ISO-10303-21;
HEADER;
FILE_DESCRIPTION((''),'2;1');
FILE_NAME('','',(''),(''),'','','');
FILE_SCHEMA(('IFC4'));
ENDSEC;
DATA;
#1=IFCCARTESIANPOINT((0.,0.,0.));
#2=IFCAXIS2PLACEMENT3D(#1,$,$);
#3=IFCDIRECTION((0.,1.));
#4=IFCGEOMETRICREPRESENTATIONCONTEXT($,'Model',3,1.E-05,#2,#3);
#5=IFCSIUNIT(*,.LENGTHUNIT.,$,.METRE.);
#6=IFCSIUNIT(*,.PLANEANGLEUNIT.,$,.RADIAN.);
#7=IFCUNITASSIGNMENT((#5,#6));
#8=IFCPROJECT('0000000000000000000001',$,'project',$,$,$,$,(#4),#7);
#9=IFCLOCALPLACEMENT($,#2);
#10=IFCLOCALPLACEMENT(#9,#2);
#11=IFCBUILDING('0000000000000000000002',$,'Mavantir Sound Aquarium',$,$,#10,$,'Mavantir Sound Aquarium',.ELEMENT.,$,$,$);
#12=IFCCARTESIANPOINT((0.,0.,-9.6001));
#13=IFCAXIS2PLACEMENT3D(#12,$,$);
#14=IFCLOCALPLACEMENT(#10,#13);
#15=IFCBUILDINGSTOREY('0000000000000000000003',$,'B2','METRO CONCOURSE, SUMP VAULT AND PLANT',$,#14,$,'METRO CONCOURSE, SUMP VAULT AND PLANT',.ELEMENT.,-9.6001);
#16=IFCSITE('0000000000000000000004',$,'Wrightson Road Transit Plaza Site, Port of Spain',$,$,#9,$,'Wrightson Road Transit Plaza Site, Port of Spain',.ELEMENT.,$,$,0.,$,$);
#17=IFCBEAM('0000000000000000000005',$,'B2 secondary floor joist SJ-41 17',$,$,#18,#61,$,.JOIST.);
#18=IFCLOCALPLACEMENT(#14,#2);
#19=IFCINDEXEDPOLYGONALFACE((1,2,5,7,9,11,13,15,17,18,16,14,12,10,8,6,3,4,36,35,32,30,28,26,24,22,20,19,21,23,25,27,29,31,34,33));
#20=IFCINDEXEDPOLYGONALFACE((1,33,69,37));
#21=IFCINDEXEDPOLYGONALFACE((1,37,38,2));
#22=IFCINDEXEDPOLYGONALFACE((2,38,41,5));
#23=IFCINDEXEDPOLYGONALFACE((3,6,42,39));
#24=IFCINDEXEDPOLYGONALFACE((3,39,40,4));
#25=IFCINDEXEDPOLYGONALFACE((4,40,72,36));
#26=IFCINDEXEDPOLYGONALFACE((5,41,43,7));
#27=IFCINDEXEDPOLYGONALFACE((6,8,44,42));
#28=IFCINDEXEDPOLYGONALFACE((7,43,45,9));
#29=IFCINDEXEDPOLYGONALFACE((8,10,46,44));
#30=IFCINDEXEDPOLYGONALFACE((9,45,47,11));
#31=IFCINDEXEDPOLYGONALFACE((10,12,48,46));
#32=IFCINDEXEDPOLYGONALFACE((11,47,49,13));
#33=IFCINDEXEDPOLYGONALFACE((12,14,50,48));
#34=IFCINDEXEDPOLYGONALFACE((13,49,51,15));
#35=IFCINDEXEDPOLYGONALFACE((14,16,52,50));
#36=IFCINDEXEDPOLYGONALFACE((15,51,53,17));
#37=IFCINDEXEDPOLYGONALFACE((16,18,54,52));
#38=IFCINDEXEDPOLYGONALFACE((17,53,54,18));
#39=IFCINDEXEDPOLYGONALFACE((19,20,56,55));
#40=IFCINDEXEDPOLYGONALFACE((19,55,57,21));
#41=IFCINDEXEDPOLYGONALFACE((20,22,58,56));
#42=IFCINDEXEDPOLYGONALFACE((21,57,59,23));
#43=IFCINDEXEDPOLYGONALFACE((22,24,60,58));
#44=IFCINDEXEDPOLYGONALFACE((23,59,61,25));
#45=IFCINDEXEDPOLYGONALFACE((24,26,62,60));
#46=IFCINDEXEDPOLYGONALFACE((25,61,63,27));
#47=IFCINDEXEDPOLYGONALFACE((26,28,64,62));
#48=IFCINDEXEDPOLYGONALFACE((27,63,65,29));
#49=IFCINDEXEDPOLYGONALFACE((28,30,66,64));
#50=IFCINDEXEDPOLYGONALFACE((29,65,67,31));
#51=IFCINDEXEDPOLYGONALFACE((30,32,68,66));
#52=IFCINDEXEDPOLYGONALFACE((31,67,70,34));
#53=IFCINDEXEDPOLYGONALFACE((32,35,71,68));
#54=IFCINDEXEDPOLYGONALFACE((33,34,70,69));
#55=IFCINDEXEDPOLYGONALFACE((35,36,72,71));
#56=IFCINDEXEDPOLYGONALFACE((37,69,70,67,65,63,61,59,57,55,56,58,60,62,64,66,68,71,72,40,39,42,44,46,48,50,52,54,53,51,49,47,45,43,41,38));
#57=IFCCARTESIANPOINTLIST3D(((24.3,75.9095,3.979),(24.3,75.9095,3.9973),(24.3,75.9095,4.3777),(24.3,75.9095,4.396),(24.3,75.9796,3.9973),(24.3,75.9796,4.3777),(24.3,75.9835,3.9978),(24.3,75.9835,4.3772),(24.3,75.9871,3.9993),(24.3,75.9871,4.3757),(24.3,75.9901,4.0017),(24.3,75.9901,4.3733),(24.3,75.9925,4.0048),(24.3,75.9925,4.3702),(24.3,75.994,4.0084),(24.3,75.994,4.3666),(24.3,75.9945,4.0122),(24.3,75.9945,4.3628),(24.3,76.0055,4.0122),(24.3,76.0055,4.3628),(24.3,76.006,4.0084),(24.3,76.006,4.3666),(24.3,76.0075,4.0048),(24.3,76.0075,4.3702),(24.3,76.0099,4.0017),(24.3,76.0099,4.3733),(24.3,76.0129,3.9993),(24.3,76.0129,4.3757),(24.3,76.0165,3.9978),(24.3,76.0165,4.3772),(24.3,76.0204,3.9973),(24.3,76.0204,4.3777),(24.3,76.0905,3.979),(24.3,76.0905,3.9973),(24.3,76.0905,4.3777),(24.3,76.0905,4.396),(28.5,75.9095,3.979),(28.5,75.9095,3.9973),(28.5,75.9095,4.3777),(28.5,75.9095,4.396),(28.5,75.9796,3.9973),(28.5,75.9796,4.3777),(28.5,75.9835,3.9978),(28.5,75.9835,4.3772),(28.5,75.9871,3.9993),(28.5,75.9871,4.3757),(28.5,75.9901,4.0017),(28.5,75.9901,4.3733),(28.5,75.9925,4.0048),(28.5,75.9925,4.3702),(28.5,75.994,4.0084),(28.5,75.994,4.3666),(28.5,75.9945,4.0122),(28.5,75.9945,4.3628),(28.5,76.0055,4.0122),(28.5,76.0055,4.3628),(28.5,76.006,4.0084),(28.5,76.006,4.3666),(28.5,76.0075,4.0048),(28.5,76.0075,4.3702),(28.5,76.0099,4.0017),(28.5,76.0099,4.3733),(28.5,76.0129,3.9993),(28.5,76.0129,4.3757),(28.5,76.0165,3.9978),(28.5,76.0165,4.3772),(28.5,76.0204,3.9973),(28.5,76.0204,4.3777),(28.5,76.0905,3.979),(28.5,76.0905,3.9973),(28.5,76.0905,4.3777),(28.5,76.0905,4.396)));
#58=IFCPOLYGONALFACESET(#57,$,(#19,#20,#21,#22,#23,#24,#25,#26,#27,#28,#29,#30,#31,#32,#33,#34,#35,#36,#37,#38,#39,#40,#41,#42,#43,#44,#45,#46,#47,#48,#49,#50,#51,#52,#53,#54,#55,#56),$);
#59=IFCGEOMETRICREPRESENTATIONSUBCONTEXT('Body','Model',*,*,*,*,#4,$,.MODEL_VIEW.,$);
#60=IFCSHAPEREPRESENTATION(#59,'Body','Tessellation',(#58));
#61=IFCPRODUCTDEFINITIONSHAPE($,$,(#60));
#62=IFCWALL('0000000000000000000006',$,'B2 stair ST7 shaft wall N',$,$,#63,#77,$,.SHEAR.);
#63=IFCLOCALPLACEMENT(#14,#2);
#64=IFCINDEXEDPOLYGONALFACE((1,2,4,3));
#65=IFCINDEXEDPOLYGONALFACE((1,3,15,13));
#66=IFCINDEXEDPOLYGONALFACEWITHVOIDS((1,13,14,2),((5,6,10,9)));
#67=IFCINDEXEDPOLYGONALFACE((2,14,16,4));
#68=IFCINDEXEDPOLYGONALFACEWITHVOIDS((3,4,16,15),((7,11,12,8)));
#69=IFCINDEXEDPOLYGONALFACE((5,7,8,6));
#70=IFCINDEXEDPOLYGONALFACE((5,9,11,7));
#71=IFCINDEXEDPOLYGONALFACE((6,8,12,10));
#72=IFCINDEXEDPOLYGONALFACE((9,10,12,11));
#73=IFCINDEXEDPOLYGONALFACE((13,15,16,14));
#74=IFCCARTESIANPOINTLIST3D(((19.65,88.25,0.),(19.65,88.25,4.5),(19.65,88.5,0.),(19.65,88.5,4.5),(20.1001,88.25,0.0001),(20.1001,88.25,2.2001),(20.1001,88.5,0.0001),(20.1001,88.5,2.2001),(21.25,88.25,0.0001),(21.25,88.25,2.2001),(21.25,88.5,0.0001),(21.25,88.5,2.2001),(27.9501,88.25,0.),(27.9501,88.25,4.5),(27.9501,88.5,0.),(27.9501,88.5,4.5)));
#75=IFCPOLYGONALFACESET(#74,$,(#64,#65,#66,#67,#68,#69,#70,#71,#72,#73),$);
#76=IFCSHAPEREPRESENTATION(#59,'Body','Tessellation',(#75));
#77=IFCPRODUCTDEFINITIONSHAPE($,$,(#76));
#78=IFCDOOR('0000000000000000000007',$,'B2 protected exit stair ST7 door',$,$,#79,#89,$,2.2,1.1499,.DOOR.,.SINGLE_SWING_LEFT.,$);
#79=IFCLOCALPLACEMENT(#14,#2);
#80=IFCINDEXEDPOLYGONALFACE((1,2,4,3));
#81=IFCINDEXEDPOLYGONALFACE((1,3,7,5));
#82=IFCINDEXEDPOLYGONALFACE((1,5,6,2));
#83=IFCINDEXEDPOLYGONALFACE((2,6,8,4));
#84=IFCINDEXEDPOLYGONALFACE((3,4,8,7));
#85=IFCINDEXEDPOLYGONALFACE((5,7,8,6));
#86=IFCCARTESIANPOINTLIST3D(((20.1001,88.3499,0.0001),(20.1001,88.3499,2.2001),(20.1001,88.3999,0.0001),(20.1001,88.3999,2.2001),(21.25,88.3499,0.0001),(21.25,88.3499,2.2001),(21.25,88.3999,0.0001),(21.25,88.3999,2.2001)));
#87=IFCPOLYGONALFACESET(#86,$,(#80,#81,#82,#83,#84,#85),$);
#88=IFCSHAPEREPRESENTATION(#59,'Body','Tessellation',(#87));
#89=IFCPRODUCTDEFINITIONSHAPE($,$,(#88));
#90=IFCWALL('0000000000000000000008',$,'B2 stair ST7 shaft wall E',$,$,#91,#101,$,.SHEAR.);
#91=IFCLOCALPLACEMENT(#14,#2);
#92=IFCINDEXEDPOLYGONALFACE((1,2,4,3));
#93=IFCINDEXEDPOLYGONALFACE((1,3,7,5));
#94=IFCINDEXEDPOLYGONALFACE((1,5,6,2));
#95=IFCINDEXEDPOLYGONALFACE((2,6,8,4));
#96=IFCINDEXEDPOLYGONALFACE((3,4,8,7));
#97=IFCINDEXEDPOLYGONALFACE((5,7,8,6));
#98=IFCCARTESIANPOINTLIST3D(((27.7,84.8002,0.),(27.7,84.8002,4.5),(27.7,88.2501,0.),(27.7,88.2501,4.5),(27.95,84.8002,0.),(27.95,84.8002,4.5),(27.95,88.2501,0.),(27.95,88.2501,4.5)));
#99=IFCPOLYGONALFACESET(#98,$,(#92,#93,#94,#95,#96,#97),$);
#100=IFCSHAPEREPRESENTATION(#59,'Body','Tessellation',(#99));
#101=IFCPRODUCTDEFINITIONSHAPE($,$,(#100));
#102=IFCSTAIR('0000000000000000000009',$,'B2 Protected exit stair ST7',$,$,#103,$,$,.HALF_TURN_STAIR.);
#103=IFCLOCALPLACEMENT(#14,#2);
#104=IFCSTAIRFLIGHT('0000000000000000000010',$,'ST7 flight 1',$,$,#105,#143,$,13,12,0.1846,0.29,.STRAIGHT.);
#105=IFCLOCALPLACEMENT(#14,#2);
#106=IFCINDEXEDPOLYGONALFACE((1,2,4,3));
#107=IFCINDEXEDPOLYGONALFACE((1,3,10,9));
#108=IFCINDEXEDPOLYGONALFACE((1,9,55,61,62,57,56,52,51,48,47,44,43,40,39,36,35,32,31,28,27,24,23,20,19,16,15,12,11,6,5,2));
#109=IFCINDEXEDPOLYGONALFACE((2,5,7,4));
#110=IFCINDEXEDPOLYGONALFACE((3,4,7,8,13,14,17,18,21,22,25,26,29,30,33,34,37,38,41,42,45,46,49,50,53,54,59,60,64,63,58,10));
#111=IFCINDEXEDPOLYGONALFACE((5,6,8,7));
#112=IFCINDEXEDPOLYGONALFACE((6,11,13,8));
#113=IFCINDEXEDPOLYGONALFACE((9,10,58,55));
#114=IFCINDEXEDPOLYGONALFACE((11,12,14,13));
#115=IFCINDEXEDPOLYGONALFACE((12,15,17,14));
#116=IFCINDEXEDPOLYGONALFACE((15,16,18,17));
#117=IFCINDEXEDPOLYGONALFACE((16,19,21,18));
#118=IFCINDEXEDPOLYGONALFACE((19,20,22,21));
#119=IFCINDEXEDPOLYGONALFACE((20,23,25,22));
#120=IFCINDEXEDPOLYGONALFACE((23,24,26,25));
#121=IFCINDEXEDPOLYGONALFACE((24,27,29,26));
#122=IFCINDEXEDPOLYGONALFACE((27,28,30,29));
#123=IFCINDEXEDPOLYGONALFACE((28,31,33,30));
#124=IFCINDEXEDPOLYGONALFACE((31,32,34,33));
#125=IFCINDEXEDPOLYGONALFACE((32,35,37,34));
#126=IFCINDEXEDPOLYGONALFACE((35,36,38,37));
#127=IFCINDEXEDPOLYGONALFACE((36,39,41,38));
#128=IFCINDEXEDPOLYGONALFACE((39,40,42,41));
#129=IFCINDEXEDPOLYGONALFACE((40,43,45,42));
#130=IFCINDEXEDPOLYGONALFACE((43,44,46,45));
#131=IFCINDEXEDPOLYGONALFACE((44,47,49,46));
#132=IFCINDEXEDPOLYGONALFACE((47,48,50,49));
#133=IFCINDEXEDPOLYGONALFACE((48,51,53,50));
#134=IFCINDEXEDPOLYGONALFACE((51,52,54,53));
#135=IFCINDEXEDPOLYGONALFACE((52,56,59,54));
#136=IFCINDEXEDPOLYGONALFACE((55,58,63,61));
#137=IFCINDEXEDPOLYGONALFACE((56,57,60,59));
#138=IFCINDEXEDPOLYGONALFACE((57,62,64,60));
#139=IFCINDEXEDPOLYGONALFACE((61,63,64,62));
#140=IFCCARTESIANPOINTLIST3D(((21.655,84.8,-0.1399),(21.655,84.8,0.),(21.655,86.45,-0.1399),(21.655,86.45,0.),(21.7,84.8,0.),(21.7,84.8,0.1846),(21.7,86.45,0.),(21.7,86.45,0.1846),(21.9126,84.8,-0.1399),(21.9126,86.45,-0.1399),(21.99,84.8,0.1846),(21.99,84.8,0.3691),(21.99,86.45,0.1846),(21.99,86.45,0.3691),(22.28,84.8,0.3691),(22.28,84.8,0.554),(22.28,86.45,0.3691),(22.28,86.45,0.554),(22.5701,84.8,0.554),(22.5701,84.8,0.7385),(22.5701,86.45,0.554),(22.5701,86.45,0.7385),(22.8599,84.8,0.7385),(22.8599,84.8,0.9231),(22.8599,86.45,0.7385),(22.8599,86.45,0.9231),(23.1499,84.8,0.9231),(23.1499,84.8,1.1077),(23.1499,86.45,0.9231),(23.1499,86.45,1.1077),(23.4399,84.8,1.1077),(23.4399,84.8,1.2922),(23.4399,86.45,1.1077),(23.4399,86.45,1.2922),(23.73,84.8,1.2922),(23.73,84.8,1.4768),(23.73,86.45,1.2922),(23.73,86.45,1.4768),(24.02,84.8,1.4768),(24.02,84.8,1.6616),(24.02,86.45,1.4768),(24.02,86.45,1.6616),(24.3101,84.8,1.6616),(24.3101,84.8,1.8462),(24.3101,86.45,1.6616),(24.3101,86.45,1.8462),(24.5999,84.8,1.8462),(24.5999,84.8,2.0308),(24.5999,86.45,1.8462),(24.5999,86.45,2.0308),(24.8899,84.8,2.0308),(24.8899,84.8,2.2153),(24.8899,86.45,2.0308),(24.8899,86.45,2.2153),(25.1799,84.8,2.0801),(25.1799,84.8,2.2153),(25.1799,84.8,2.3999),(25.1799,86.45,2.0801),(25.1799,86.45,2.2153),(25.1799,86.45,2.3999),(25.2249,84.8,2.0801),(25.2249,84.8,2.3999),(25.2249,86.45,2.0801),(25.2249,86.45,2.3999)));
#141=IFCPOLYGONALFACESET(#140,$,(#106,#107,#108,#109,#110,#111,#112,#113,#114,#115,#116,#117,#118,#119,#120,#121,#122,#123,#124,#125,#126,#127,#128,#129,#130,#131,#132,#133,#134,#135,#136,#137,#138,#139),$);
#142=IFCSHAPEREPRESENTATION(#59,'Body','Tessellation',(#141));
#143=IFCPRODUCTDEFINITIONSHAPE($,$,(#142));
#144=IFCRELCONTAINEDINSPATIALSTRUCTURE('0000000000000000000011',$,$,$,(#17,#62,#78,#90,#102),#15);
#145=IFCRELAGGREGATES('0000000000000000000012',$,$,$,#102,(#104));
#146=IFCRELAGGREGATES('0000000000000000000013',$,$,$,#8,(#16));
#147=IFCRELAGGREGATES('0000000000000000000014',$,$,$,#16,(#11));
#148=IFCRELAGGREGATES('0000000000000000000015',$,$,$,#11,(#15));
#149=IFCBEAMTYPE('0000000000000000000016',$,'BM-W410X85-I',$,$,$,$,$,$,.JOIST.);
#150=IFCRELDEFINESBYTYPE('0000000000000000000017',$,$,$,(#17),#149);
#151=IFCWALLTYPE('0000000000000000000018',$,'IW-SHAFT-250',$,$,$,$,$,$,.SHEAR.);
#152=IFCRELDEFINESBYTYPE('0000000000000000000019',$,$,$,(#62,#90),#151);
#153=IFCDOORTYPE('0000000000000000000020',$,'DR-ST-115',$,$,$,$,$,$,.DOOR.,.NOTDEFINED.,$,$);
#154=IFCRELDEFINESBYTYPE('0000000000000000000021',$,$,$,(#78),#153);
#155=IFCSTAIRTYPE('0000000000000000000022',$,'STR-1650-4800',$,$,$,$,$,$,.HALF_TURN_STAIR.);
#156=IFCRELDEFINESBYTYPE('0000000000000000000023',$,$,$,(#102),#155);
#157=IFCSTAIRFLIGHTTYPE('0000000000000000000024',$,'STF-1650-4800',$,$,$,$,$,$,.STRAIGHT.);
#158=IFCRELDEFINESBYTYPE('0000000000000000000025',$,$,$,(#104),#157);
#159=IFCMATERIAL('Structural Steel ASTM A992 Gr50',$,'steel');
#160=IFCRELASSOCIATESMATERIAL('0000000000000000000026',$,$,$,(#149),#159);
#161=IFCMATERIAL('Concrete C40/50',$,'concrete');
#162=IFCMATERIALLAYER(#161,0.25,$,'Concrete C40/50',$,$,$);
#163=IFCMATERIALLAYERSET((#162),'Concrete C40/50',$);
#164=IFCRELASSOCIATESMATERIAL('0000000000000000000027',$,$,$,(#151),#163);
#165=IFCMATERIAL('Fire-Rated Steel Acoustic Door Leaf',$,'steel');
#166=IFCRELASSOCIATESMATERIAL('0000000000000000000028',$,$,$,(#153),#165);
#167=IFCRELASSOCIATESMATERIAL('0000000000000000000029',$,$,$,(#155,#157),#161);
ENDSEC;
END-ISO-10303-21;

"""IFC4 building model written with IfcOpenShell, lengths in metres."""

from ifc_helpers import new_model, si_unit, direction, frame, frame_2d, origin, origin_2d, place, context, subcontext, project, spatial, polyline, rectangle, i_section, outline, extrude, material, layer, layer_set, material_profile, profile_set, type_object, element, fill, aggregate, save


model = new_model("IFC4")

# Units and contexts
model_context = context("Model", 3, precision=1e-05, world=origin(), true_north=direction((0.0, 1.0)))
body_context = subcontext(model_context, "Body", "Model", "MODEL_VIEW")
ifc_project = project(units=[si_unit("LENGTHUNIT", "METRE"), si_unit("PLANEANGLEUNIT", "RADIAN")], contexts=[model_context])

# Site, building, storey
site_placement = place(None, origin())
site = spatial("IfcSite", under=ifc_project, at=site_placement, Name="Wrightson Road Transit Plaza Site, Port of Spain", LongName="Wrightson Road Transit Plaza Site, Port of Spain", CompositionType="ELEMENT", RefElevation=0.0)
building_placement = place(site_placement, origin())
building = spatial("IfcBuilding", under=site, at=building_placement, Name="Mavantir Sound Aquarium", LongName="Mavantir Sound Aquarium", CompositionType="ELEMENT")
storey_placement = place(building_placement, frame((0.0, 0.0, -9.6001)))
storey = spatial("IfcBuildingStorey", under=building, at=storey_placement, Name="B2", Description="METRO CONCOURSE, SUMP VAULT AND PLANT", LongName="METRO CONCOURSE, SUMP VAULT AND PLANT", CompositionType="ELEMENT", Elevation=-9.6001)

# Shared definitions
ifc_material_1 = material(Name="Concrete C40/50", Category="concrete")

# Beam
ifc_material_2 = material(Name="Structural Steel ASTM A992 Gr50", Category="steel")
ifc_material_profile_1 = material_profile(ifc_material_2, i_section(OverallWidth=0.1809, OverallDepth=0.417, WebThickness=0.011, FlangeThickness=0.0183, FilletRadius=0.0149, at=origin_2d()), Name="W410X85")
ifc_profile_set_1 = profile_set([ifc_material_profile_1], Name="Structural Steel ASTM A992 Gr50")
beam_type_1 = type_object("IfcBeamType", Name="BM-W410X85-I", PredefinedType="JOIST", material=ifc_profile_set_1)
beam_1_placement = place(storey_placement, frame((24.3, 76.0, 4.1875), z_axis=(1.0, 0.0, 0.0), x_axis=(0.0, 1.0, 0.0)))
element("IfcBeam", 1, at=beam_1_placement, inside=storey, type_object=beam_type_1, Name="B2 secondary floor joist SJ-41 17", PredefinedType="JOIST", context=body_context, shape_type="SweptSolid", body=[
    extrude(i_section(OverallWidth=0.1809, OverallDepth=0.417, WebThickness=0.011, FlangeThickness=0.0183, FilletRadius=0.0149, at=origin_2d()), origin(), (0.0, 0.0, 1.0), 4.2),
])

# Wall, opening, door
ifc_layer = layer(ifc_material_1, 0.25, Name="Concrete C40/50")
ifc_layer_set = layer_set([ifc_layer], Name="Concrete C40/50")
wall_type = type_object("IfcWallType", Name="IW-SHAFT-250", PredefinedType="SHEAR", material=ifc_layer_set)
wall_1_placement = place(storey_placement, frame((27.95, 88.375, 0.0), z_axis=(0.0, 0.0, 1.0), x_axis=(-1.0, 0.0, 0.0)))
wall_1 = element("IfcWall", 2, at=wall_1_placement, inside=storey, type_object=wall_type, Name="B2 stair ST7 shaft wall N", PredefinedType="SHEAR", context=body_context, shape_type="SweptSolid", body=[
    extrude(rectangle(XDim=8.3, YDim=0.25, at=frame_2d((4.1499, 0.0))), origin(), (0.0, 0.0, 1.0), 4.5),
])
opening_placement = place(wall_1_placement, frame((7.8499, 0.0, 0.0), z_axis=(0.0, 0.0, 1.0), x_axis=(-1.0, 0.0, 0.0)))
opening = element("IfcOpeningElement", 3, at=opening_placement, cuts=wall_1, PredefinedType="OPENING", context=body_context, shape_type="SweptSolid", body=[
    extrude(rectangle(XDim=1.1499, YDim=2.2, at=frame_2d((0.575, 1.1001))), frame((0.0, 0.135, 0.0), z_axis=(0.0, -1.0, 0.0), x_axis=(1.0, 0.0, 0.0)), (0.0, 0.0, 1.0), 0.27),
])
ifc_material_3 = material(Name="Fire-Rated Steel Acoustic Door Leaf", Category="steel")
door_type = type_object("IfcDoorType", Name="DR-ST-115", OperationType="NOTDEFINED", PredefinedType="DOOR", material=ifc_material_3)
door_placement = place(opening_placement, origin())
door = element("IfcDoor", 4, at=door_placement, inside=storey, type_object=door_type, Name="B2 protected exit stair ST7 door", OperationType="SINGLE_SWING_LEFT", OverallHeight=2.2, OverallWidth=1.1499, PredefinedType="DOOR", context=body_context, shape_type="SweptSolid", body=[
    extrude(rectangle(XDim=1.1499, YDim=2.2, at=frame_2d((0.575, 1.1001))), frame((0.0, 0.0249, 0.0), z_axis=(0.0, -1.0, 0.0), x_axis=(1.0, 0.0, 0.0)), (0.0, 0.0, 1.0), 0.05),
])
fill(opening, door)

# Wall
wall_2_placement = place(storey_placement, frame((27.825, 84.8, 0.0), z_axis=(0.0, 0.0, 1.0), x_axis=(0.0, 1.0, 0.0)))
element("IfcWall", 5, at=wall_2_placement, inside=storey, type_object=wall_type, Name="B2 stair ST7 shaft wall E", PredefinedType="SHEAR", context=body_context, shape_type="SweptSolid", body=[
    extrude(rectangle(XDim=3.45, YDim=0.25, at=frame_2d((1.7251, 0.0))), origin(), (0.0, 0.0, 1.0), 4.5),
])

# Stair, stair flight
stair_type = type_object("IfcStairType", Name="STR-1650-4800", PredefinedType="HALF_TURN_STAIR", material=ifc_material_1)
stair_placement = place(storey_placement, origin())
stair = element("IfcStair", 6, at=stair_placement, inside=storey, type_object=stair_type, Name="B2 Protected exit stair ST7", PredefinedType="HALF_TURN_STAIR")
stair_flight_type = type_object("IfcStairFlightType", Name="STF-1650-4800", PredefinedType="STRAIGHT", material=ifc_material_1)
stair_flight_1_placement = place(storey_placement, frame((21.7, 85.625, 0.0), z_axis=(0.0, 0.0, 1.0), x_axis=(1.0, 0.0, 0.0)))
stair_flight_1 = element("IfcStairFlight", 7, at=stair_flight_1_placement, type_object=stair_flight_type, Name="ST7 flight 1", NumberOfRisers=13, NumberOfTreads=12, PredefinedType="STRAIGHT", RiserHeight=0.1846, TreadLength=0.29, context=body_context, shape_type="SweptSolid", body=[
    extrude(outline(polyline([(-0.0449, -0.1399), (-0.0449, 0.0), (0.0, 0.0), (0.0, 0.1846), (0.29, 0.1846), (0.29, 0.3691), (0.5801, 0.3691), (0.5801, 0.554), (0.8701, 0.554), (0.8701, 0.7385), (1.1599, 0.7385), (1.1599, 0.9231), (1.45, 0.9231), (1.45, 1.1077), (1.74, 1.1077), (1.74, 1.2922), (2.03, 1.2922), (2.03, 1.4768), (2.3201, 1.4768), (2.3201, 1.6616), (2.6101, 1.6616), (2.6101, 1.8462), (2.8999, 1.8462), (2.8999, 2.0308), (3.1899, 2.0308), (3.1899, 2.2153), (3.48, 2.2153), (3.48, 2.3999), (3.5249, 2.3999), (3.5249, 2.0801), (3.48, 2.0801), (0.2126, -0.1399), (-0.0449, -0.1399)])), frame((0.0, 0.825, 0.0), z_axis=(0.0, -1.0, 0.0), x_axis=(1.0, 0.0, 0.0)), (0.0, 0.0, 1.0), 1.6499),
])
aggregate(stair, [stair_flight_1])

save(model, "model.ifc")
